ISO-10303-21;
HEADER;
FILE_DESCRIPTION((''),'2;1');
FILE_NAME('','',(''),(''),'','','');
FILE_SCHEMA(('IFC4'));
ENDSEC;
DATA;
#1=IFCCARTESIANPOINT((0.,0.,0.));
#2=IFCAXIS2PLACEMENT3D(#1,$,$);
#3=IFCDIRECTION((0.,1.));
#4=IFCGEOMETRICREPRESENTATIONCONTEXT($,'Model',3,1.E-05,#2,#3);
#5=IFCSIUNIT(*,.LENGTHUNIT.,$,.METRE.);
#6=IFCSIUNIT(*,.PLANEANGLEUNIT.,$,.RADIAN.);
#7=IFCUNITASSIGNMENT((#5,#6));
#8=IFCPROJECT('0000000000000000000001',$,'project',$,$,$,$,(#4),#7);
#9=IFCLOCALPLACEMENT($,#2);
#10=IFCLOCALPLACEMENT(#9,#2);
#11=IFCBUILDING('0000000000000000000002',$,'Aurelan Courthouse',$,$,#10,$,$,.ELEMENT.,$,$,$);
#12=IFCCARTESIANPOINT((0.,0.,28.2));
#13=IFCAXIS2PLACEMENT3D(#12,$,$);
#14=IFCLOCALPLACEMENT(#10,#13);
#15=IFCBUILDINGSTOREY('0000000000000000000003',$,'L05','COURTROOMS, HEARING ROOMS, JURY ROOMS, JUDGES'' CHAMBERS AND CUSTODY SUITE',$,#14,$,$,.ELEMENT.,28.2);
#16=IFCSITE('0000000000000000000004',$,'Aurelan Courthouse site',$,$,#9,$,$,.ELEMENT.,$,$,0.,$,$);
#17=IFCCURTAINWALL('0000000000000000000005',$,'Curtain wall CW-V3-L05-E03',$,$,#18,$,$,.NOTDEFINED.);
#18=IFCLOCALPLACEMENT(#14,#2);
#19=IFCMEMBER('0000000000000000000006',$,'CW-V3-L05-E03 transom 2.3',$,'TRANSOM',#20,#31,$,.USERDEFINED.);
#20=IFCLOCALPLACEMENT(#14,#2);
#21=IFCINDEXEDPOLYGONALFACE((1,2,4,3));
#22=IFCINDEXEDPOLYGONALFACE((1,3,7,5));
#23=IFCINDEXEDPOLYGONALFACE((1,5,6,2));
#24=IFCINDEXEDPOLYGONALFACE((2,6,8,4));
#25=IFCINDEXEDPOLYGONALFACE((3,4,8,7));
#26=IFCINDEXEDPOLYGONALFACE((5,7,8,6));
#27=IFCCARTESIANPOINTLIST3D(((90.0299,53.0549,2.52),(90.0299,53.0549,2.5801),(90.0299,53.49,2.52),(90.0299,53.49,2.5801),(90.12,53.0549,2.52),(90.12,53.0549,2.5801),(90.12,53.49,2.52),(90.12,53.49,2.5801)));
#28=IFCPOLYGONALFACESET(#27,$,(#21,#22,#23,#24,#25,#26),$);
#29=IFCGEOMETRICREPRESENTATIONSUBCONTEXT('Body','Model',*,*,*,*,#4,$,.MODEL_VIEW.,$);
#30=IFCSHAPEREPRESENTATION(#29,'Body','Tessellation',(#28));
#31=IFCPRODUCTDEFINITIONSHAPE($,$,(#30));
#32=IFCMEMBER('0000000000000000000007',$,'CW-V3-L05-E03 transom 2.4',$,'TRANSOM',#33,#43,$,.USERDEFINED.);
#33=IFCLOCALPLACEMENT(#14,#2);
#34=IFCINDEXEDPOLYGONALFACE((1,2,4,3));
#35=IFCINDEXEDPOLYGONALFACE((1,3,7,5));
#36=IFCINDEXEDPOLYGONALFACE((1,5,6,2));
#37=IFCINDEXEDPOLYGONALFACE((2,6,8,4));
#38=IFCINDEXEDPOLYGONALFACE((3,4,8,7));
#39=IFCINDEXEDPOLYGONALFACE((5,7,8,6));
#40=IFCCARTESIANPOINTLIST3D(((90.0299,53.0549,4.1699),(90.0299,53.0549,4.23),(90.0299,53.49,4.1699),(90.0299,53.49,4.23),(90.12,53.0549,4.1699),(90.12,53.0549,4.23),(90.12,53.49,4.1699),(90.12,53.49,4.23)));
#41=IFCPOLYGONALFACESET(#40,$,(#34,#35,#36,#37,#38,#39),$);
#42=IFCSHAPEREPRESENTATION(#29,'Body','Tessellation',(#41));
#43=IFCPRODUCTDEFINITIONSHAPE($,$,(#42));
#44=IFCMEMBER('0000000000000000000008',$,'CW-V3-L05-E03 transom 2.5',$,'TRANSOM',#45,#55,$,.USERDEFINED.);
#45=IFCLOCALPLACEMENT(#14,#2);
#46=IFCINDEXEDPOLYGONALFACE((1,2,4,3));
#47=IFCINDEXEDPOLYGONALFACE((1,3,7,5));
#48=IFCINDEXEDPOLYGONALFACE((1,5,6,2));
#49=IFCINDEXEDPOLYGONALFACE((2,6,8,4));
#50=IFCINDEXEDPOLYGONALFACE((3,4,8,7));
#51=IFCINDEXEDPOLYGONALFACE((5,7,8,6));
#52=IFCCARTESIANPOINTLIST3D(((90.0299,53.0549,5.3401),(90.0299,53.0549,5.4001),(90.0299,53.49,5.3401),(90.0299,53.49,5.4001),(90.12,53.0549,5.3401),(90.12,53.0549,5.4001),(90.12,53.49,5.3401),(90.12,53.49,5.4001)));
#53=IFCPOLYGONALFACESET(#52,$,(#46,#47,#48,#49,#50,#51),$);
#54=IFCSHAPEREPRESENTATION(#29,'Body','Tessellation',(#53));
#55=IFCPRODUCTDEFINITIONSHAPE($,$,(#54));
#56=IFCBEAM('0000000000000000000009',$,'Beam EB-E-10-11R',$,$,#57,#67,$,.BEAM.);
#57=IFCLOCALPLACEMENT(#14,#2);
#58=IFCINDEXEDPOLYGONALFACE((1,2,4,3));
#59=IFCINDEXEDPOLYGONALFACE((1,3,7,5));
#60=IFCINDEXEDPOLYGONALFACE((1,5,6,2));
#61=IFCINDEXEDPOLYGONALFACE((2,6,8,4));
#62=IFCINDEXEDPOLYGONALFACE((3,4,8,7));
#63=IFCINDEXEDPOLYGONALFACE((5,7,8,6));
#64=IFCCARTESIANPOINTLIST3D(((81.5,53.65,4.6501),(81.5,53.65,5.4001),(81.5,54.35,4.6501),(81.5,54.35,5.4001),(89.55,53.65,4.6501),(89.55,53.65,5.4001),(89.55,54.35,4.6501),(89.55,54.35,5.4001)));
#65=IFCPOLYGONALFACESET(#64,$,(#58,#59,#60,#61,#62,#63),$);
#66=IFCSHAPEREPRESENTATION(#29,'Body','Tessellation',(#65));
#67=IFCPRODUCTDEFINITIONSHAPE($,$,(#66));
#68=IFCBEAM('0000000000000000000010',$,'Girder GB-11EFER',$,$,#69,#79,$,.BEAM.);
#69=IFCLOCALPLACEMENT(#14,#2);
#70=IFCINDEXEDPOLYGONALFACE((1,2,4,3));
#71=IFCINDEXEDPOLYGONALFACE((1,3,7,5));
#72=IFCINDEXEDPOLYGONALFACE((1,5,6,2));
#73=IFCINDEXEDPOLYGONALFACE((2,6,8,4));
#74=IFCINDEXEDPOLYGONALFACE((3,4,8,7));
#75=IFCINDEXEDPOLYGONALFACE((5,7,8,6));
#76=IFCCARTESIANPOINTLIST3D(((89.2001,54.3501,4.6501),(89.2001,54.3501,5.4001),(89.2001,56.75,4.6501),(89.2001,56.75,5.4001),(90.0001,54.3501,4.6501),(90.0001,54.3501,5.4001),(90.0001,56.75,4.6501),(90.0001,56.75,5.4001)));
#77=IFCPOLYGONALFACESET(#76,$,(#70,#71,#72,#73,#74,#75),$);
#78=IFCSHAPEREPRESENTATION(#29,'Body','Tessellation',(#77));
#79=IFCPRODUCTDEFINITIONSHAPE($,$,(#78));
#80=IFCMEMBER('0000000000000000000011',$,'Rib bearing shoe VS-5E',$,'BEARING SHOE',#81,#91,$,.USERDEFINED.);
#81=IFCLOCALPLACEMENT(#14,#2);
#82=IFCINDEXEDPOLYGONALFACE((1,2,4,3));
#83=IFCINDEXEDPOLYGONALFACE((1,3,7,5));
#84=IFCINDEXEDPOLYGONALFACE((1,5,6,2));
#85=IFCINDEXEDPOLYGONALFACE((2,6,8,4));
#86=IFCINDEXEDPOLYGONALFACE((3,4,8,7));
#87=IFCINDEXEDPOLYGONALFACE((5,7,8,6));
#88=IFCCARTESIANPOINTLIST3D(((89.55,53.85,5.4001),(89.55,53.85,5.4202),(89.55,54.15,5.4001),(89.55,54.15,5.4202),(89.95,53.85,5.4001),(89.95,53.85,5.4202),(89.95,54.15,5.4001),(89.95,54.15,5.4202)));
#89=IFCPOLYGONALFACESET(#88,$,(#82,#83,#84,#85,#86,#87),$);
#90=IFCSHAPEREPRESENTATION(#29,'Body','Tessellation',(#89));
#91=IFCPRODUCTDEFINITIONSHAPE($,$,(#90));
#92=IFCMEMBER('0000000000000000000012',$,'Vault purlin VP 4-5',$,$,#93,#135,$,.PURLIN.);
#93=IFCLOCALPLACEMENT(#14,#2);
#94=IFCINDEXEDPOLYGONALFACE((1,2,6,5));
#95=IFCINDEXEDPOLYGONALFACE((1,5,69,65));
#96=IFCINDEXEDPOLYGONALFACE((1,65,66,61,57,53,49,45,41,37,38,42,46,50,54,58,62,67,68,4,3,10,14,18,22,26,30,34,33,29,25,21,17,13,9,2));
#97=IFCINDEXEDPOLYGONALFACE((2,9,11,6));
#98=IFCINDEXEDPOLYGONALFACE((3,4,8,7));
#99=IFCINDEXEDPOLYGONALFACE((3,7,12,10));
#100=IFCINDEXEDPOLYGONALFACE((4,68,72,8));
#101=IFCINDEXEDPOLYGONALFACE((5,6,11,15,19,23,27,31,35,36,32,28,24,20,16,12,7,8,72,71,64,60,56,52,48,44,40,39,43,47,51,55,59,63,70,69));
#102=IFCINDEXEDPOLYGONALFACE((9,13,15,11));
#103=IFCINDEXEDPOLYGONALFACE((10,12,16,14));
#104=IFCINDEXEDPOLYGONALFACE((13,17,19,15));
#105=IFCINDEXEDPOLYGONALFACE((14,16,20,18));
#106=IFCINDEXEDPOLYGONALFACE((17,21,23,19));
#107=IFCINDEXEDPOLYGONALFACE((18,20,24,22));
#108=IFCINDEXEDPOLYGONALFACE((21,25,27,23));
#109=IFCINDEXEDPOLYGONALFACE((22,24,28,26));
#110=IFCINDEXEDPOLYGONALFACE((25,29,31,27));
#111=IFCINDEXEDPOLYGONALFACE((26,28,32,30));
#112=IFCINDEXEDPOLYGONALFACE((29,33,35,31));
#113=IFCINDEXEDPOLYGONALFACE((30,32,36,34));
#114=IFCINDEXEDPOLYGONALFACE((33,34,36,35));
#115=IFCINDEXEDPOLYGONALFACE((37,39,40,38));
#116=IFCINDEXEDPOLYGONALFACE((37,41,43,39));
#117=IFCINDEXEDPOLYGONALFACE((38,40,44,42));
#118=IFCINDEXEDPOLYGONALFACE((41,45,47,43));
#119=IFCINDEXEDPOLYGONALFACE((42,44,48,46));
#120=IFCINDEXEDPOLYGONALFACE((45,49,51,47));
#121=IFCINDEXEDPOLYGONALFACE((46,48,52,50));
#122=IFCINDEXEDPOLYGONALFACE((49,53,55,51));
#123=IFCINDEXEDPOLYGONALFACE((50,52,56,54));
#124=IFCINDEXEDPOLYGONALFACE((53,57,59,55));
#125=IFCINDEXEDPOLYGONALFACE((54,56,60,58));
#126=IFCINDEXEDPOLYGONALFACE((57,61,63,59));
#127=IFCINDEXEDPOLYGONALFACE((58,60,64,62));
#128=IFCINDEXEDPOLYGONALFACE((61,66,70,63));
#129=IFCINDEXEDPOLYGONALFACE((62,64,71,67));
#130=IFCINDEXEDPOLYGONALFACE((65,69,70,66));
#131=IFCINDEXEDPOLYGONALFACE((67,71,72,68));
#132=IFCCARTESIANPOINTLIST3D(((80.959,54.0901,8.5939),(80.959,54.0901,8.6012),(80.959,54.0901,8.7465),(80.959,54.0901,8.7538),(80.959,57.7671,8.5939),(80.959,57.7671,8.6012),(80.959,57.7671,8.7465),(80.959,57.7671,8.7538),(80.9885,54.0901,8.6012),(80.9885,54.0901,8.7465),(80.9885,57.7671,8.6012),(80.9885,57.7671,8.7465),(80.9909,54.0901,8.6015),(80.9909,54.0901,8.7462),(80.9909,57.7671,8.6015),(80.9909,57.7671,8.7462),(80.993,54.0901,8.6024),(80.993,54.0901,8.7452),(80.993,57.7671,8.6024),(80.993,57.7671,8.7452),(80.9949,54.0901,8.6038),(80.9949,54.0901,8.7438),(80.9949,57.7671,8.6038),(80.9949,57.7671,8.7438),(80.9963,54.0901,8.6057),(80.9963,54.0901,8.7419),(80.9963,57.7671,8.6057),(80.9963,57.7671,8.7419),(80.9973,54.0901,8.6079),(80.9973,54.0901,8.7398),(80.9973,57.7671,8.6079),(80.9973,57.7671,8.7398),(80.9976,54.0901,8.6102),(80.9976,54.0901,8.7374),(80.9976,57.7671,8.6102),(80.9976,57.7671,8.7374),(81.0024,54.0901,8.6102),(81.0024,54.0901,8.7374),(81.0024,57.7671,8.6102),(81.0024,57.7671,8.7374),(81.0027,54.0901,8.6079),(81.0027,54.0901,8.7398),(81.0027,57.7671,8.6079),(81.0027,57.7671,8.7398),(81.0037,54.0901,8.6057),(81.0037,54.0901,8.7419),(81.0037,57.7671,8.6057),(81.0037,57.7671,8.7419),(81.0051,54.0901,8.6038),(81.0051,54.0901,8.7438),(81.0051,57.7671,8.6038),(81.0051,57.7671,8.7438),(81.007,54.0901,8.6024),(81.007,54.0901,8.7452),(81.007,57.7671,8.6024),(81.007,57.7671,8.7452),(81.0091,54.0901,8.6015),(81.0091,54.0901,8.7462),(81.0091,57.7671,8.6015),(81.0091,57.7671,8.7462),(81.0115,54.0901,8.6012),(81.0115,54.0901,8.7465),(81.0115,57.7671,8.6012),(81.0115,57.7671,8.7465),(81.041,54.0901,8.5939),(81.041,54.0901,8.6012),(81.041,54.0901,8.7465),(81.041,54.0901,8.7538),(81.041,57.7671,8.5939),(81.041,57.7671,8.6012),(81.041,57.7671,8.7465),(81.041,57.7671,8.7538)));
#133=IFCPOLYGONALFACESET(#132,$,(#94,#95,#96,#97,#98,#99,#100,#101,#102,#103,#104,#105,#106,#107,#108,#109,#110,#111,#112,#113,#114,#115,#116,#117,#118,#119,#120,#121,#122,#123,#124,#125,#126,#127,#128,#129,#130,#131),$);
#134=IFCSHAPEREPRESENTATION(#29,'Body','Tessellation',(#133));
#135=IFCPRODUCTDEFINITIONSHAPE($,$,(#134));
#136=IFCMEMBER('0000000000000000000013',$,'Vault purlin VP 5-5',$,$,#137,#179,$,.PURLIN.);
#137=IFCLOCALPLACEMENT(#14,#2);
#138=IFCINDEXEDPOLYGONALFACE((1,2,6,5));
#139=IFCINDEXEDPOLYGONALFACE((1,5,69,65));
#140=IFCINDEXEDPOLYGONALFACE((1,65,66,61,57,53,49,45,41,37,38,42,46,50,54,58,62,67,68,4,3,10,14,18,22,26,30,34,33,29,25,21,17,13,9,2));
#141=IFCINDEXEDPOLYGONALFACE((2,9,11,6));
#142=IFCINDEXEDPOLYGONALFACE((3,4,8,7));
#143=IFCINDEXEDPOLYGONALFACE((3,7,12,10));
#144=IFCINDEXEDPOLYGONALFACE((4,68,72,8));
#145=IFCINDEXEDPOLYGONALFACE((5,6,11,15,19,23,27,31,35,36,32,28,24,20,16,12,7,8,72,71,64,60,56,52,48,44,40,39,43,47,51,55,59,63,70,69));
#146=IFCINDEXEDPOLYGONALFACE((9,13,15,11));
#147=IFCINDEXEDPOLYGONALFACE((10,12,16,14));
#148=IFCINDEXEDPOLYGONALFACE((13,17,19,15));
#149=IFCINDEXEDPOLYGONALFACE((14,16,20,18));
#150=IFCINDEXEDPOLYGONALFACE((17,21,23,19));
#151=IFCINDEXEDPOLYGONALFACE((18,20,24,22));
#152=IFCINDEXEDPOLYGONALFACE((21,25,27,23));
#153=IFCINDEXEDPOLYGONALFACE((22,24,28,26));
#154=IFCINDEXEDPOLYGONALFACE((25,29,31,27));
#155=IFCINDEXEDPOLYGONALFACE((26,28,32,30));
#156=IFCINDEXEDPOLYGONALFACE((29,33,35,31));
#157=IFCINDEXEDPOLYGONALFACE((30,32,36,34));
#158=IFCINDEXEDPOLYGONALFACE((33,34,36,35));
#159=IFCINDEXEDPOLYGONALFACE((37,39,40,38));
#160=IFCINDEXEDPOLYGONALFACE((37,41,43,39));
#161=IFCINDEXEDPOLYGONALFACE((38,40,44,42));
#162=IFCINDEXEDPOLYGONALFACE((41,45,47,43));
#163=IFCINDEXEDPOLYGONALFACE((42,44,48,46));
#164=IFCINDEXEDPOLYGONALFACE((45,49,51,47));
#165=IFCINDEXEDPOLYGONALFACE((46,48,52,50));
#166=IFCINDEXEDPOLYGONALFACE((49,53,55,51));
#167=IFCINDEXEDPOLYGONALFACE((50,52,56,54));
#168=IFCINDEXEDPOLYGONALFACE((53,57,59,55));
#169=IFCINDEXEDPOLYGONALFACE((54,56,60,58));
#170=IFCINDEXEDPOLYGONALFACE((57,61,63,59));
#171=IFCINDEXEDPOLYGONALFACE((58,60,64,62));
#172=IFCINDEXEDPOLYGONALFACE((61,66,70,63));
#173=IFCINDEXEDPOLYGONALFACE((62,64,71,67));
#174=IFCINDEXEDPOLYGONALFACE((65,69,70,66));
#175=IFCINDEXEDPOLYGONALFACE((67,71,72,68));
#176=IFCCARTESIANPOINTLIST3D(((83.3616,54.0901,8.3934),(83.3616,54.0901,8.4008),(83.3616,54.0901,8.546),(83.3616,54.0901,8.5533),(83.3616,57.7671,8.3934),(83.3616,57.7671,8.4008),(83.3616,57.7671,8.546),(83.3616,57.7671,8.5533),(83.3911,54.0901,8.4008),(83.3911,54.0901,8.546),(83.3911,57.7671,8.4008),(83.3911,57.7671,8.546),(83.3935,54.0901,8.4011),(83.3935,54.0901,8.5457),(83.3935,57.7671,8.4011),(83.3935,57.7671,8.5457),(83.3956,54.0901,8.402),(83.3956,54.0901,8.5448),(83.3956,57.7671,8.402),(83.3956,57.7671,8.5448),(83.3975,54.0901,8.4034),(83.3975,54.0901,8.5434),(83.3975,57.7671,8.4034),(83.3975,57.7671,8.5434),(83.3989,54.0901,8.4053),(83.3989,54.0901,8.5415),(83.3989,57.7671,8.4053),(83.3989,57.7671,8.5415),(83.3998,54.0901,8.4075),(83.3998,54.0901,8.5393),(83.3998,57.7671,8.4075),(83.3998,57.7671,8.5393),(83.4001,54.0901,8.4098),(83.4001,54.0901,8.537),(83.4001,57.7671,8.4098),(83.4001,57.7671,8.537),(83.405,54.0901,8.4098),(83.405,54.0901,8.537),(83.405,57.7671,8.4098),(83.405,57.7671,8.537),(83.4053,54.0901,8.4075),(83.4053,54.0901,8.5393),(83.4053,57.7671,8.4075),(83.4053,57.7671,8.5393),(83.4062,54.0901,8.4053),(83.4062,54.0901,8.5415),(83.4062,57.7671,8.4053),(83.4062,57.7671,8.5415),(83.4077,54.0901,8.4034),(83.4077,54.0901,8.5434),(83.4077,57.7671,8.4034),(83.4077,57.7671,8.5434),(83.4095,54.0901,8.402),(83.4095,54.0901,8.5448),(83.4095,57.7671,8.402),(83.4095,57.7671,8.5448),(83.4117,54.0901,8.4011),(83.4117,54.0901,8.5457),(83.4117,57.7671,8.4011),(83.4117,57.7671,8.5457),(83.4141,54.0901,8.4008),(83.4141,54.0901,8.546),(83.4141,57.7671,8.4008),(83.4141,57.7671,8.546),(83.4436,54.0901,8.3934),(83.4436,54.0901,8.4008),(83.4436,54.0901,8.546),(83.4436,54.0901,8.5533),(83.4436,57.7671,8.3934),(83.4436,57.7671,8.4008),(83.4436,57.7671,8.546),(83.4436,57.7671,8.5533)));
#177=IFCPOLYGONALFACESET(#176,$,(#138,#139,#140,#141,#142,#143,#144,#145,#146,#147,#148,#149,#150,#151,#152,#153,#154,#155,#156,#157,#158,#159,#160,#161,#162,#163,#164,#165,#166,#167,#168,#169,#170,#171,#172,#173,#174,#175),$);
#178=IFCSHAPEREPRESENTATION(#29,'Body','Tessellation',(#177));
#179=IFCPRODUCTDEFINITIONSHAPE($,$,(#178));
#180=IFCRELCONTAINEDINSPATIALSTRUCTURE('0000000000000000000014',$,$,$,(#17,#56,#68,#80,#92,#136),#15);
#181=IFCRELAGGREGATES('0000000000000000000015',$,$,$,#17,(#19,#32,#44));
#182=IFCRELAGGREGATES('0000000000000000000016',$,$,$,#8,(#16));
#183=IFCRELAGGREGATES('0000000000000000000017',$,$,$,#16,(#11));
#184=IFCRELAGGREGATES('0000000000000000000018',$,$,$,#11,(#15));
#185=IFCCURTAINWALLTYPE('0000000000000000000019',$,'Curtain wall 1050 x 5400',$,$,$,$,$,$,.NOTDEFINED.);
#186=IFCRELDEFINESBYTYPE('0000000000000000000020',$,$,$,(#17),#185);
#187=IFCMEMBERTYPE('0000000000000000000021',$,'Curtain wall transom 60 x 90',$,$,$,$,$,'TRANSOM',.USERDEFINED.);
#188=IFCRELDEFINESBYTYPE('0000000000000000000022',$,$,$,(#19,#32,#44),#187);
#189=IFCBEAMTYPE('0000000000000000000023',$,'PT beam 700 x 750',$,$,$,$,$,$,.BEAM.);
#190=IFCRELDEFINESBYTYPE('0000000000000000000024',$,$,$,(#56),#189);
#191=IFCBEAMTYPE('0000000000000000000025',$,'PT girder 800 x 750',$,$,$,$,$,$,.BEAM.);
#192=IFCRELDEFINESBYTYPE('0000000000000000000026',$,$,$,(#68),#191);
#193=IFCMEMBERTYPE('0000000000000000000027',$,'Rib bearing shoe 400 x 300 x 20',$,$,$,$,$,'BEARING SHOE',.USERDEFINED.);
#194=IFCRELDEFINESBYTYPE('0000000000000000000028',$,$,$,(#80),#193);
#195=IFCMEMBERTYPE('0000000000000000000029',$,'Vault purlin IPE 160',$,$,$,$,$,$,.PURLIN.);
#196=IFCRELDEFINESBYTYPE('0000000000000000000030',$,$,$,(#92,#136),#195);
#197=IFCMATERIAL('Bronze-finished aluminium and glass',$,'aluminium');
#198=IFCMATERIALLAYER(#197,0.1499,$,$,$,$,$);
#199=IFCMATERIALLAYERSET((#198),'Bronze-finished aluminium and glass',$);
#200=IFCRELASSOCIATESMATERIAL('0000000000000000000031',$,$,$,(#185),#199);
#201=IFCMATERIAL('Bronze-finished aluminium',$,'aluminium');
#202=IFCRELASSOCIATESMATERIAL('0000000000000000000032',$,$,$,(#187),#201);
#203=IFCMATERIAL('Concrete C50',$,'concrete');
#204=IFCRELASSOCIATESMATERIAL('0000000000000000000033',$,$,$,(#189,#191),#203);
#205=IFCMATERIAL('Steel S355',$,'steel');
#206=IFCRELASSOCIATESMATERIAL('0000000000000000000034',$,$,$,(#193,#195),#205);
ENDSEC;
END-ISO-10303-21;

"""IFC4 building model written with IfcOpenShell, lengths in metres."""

from ifc_helpers import new_model, si_unit, direction, frame, origin, origin_2d, place, context, subcontext, project, spatial, rectangle, i_section, extrude, material, layer, layer_set, material_profile, profile_set, type_object, element, aggregate, save


model = new_model("IFC4")

# Units and contexts
model_context = context("Model", 3, precision=1e-05, world=origin(), true_north=direction((0.0, 1.0)))
body_context = subcontext(model_context, "Body", "Model", "MODEL_VIEW")
ifc_project = project(units=[si_unit("LENGTHUNIT", "METRE"), si_unit("PLANEANGLEUNIT", "RADIAN")], contexts=[model_context])

# Site, building, storey
site_placement = place(None, origin())
site = spatial("IfcSite", under=ifc_project, at=site_placement, Name="Aurelan Courthouse site", CompositionType="ELEMENT", RefElevation=0.0)
building_placement = place(site_placement, origin())
building = spatial("IfcBuilding", under=site, at=building_placement, Name="Aurelan Courthouse", CompositionType="ELEMENT")
storey_placement = place(building_placement, frame((0.0, 0.0, 28.2)))
storey = spatial("IfcBuildingStorey", under=building, at=storey_placement, Name="L05", Description="COURTROOMS, HEARING ROOMS, JURY ROOMS, JUDGES' CHAMBERS AND CUSTODY SUITE", CompositionType="ELEMENT", Elevation=28.2)

# Curtain wall, members
ifc_material_1 = material(Name="Bronze-finished aluminium and glass", Category="aluminium")
ifc_layer_1 = layer(ifc_material_1, 0.1499)
ifc_layer_set_1 = layer_set([ifc_layer_1], Name="Bronze-finished aluminium and glass")
curtain_wall_type = type_object("IfcCurtainWallType", Name="Curtain wall 1050 x 5400", PredefinedType="NOTDEFINED", material=ifc_layer_set_1)
curtain_wall_placement = place(storey_placement, origin())
curtain_wall = element("IfcCurtainWall", 1, at=curtain_wall_placement, inside=storey, type_object=curtain_wall_type, Name="Curtain wall CW-V3-L05-E03", PredefinedType="NOTDEFINED")
ifc_material_2 = material(Name="Bronze-finished aluminium", Category="aluminium")
ifc_material_profile_1 = material_profile(ifc_material_2, rectangle(XDim=0.0901, YDim=0.0601, at=origin_2d()), Name="Bronze transom 60 x 90")
ifc_profile_set_1 = profile_set([ifc_material_profile_1], Name="Bronze-finished aluminium")
member_type_1 = type_object("IfcMemberType", Name="Curtain wall transom 60 x 90", ElementType="TRANSOM", PredefinedType="USERDEFINED", material=ifc_profile_set_1)
member_1_placement = place(storey_placement, frame((90.075, 53.0549, 2.55), z_axis=(0.0, 1.0, 0.0), x_axis=(-1.0, 0.0, 0.0)))
member_1 = element("IfcMember", 2, at=member_1_placement, type_object=member_type_1, Name="CW-V3-L05-E03 transom 2.3", ObjectType="TRANSOM", PredefinedType="USERDEFINED", context=body_context, shape_type="SweptSolid", body=[
    extrude(rectangle(XDim=0.0901, YDim=0.0601, at=origin_2d()), origin(), (0.0, 0.0, 1.0), 0.4351),
])
member_2_placement = place(storey_placement, frame((90.075, 53.0549, 4.2), z_axis=(0.0, 1.0, 0.0), x_axis=(-1.0, 0.0, 0.0)))
member_2 = element("IfcMember", 3, at=member_2_placement, type_object=member_type_1, Name="CW-V3-L05-E03 transom 2.4", ObjectType="TRANSOM", PredefinedType="USERDEFINED", context=body_context, shape_type="SweptSolid", body=[
    extrude(rectangle(XDim=0.0901, YDim=0.0601, at=origin_2d()), origin(), (0.0, 0.0, 1.0), 0.4351),
])
member_3_placement = place(storey_placement, frame((90.075, 53.0549, 5.3701), z_axis=(0.0, 1.0, 0.0), x_axis=(-1.0, 0.0, 0.0)))
member_3 = element("IfcMember", 4, at=member_3_placement, type_object=member_type_1, Name="CW-V3-L05-E03 transom 2.5", ObjectType="TRANSOM", PredefinedType="USERDEFINED", context=body_context, shape_type="SweptSolid", body=[
    extrude(rectangle(XDim=0.0901, YDim=0.0601, at=origin_2d()), origin(), (0.0, 0.0, 1.0), 0.4351),
])

# Beams
ifc_material_3 = material(Name="Concrete C50", Category="concrete")
ifc_material_profile_2 = material_profile(ifc_material_3, rectangle(XDim=0.7, YDim=0.75, at=origin_2d()), Name="RC 700 x 750")
ifc_profile_set_2 = profile_set([ifc_material_profile_2], Name="Concrete C50")
beam_type_1 = type_object("IfcBeamType", Name="PT beam 700 x 750", PredefinedType="BEAM", material=ifc_profile_set_2)
beam_1_placement = place(storey_placement, frame((81.5, 54.0, 5.0251), z_axis=(1.0, 0.0, 0.0), x_axis=(0.0, 1.0, 0.0)))
element("IfcBeam", 5, at=beam_1_placement, inside=storey, type_object=beam_type_1, Name="Beam EB-E-10-11R", PredefinedType="BEAM", context=body_context, shape_type="SweptSolid", body=[
    extrude(rectangle(XDim=0.7, YDim=0.75, at=origin_2d()), origin(), (0.0, 0.0, 1.0), 8.05),
])
ifc_material_profile_3 = material_profile(ifc_material_3, rectangle(XDim=0.8, YDim=0.75, at=origin_2d()), Name="RC 800 x 750")
ifc_profile_set_3 = profile_set([ifc_material_profile_3], Name="Concrete C50")
beam_type_2 = type_object("IfcBeamType", Name="PT girder 800 x 750", PredefinedType="BEAM", material=ifc_profile_set_3)
beam_2_placement = place(storey_placement, frame((89.6001, 54.3501, 5.0251), z_axis=(0.0, 1.0, 0.0), x_axis=(-1.0, 0.0, 0.0)))
element("IfcBeam", 6, at=beam_2_placement, inside=storey, type_object=beam_type_2, Name="Girder GB-11EFER", PredefinedType="BEAM", context=body_context, shape_type="SweptSolid", body=[
    extrude(rectangle(XDim=0.8, YDim=0.75, at=origin_2d()), origin(), (0.0, 0.0, 1.0), 2.3999),
])

# Members
ifc_material_4 = material(Name="Steel S355", Category="steel")
ifc_material_profile_4 = material_profile(ifc_material_4, rectangle(XDim=0.3999, YDim=0.3, at=origin_2d()), Name="PL 400 x 300")
ifc_profile_set_4 = profile_set([ifc_material_profile_4], Name="Steel S355")
member_type_2 = type_object("IfcMemberType", Name="Rib bearing shoe 400 x 300 x 20", ElementType="BEARING SHOE", PredefinedType="USERDEFINED", material=ifc_profile_set_4)
member_4_placement = place(storey_placement, frame((89.75, 54.0, 5.4001), z_axis=(0.0, 0.0, 1.0), x_axis=(1.0, 0.0, 0.0)))
element("IfcMember", 7, at=member_4_placement, inside=storey, type_object=member_type_2, Name="Rib bearing shoe VS-5E", ObjectType="BEARING SHOE", PredefinedType="USERDEFINED", context=body_context, shape_type="SweptSolid", body=[
    extrude(rectangle(XDim=0.3999, YDim=0.3, at=origin_2d()), origin(), (0.0, 0.0, 1.0), 0.02),
])
ifc_material_profile_5 = material_profile(ifc_material_4, i_section(OverallWidth=0.082, OverallDepth=0.1599, WebThickness=0.0049, FlangeThickness=0.0073, FilletRadius=0.009, at=origin_2d()), Name="IPE 160")
ifc_profile_set_5 = profile_set([ifc_material_profile_5], Name="Steel S355")
member_type_3 = type_object("IfcMemberType", Name="Vault purlin IPE 160", PredefinedType="PURLIN", material=ifc_profile_set_5)
for number, where, z_axis, x_axis, name in (
    (8, (81.0, 54.0901, 8.6738), (0.0, 1.0, 0.0), (-1.0, 0.0, 0.0), "Vault purlin VP 4-5"),
    (9, (83.4026, 54.0901, 8.4734), (0.0, 1.0, 0.0), (-1.0, 0.0, 0.0), "Vault purlin VP 5-5"),
):
    element("IfcMember", number, at=place(storey_placement, frame(where, z_axis=z_axis, x_axis=x_axis)), inside=storey, type_object=member_type_3, Name=name, PredefinedType="PURLIN", context=body_context, shape_type="SweptSolid", body=[
        extrude(i_section(OverallWidth=0.082, OverallDepth=0.1599, WebThickness=0.0049, FlangeThickness=0.0073, FilletRadius=0.009, at=origin_2d()), origin(), (0.0, 0.0, 1.0), 3.677),
    ])

aggregate(curtain_wall, [member_1, member_2, member_3])

save(model, "model.ifc")
